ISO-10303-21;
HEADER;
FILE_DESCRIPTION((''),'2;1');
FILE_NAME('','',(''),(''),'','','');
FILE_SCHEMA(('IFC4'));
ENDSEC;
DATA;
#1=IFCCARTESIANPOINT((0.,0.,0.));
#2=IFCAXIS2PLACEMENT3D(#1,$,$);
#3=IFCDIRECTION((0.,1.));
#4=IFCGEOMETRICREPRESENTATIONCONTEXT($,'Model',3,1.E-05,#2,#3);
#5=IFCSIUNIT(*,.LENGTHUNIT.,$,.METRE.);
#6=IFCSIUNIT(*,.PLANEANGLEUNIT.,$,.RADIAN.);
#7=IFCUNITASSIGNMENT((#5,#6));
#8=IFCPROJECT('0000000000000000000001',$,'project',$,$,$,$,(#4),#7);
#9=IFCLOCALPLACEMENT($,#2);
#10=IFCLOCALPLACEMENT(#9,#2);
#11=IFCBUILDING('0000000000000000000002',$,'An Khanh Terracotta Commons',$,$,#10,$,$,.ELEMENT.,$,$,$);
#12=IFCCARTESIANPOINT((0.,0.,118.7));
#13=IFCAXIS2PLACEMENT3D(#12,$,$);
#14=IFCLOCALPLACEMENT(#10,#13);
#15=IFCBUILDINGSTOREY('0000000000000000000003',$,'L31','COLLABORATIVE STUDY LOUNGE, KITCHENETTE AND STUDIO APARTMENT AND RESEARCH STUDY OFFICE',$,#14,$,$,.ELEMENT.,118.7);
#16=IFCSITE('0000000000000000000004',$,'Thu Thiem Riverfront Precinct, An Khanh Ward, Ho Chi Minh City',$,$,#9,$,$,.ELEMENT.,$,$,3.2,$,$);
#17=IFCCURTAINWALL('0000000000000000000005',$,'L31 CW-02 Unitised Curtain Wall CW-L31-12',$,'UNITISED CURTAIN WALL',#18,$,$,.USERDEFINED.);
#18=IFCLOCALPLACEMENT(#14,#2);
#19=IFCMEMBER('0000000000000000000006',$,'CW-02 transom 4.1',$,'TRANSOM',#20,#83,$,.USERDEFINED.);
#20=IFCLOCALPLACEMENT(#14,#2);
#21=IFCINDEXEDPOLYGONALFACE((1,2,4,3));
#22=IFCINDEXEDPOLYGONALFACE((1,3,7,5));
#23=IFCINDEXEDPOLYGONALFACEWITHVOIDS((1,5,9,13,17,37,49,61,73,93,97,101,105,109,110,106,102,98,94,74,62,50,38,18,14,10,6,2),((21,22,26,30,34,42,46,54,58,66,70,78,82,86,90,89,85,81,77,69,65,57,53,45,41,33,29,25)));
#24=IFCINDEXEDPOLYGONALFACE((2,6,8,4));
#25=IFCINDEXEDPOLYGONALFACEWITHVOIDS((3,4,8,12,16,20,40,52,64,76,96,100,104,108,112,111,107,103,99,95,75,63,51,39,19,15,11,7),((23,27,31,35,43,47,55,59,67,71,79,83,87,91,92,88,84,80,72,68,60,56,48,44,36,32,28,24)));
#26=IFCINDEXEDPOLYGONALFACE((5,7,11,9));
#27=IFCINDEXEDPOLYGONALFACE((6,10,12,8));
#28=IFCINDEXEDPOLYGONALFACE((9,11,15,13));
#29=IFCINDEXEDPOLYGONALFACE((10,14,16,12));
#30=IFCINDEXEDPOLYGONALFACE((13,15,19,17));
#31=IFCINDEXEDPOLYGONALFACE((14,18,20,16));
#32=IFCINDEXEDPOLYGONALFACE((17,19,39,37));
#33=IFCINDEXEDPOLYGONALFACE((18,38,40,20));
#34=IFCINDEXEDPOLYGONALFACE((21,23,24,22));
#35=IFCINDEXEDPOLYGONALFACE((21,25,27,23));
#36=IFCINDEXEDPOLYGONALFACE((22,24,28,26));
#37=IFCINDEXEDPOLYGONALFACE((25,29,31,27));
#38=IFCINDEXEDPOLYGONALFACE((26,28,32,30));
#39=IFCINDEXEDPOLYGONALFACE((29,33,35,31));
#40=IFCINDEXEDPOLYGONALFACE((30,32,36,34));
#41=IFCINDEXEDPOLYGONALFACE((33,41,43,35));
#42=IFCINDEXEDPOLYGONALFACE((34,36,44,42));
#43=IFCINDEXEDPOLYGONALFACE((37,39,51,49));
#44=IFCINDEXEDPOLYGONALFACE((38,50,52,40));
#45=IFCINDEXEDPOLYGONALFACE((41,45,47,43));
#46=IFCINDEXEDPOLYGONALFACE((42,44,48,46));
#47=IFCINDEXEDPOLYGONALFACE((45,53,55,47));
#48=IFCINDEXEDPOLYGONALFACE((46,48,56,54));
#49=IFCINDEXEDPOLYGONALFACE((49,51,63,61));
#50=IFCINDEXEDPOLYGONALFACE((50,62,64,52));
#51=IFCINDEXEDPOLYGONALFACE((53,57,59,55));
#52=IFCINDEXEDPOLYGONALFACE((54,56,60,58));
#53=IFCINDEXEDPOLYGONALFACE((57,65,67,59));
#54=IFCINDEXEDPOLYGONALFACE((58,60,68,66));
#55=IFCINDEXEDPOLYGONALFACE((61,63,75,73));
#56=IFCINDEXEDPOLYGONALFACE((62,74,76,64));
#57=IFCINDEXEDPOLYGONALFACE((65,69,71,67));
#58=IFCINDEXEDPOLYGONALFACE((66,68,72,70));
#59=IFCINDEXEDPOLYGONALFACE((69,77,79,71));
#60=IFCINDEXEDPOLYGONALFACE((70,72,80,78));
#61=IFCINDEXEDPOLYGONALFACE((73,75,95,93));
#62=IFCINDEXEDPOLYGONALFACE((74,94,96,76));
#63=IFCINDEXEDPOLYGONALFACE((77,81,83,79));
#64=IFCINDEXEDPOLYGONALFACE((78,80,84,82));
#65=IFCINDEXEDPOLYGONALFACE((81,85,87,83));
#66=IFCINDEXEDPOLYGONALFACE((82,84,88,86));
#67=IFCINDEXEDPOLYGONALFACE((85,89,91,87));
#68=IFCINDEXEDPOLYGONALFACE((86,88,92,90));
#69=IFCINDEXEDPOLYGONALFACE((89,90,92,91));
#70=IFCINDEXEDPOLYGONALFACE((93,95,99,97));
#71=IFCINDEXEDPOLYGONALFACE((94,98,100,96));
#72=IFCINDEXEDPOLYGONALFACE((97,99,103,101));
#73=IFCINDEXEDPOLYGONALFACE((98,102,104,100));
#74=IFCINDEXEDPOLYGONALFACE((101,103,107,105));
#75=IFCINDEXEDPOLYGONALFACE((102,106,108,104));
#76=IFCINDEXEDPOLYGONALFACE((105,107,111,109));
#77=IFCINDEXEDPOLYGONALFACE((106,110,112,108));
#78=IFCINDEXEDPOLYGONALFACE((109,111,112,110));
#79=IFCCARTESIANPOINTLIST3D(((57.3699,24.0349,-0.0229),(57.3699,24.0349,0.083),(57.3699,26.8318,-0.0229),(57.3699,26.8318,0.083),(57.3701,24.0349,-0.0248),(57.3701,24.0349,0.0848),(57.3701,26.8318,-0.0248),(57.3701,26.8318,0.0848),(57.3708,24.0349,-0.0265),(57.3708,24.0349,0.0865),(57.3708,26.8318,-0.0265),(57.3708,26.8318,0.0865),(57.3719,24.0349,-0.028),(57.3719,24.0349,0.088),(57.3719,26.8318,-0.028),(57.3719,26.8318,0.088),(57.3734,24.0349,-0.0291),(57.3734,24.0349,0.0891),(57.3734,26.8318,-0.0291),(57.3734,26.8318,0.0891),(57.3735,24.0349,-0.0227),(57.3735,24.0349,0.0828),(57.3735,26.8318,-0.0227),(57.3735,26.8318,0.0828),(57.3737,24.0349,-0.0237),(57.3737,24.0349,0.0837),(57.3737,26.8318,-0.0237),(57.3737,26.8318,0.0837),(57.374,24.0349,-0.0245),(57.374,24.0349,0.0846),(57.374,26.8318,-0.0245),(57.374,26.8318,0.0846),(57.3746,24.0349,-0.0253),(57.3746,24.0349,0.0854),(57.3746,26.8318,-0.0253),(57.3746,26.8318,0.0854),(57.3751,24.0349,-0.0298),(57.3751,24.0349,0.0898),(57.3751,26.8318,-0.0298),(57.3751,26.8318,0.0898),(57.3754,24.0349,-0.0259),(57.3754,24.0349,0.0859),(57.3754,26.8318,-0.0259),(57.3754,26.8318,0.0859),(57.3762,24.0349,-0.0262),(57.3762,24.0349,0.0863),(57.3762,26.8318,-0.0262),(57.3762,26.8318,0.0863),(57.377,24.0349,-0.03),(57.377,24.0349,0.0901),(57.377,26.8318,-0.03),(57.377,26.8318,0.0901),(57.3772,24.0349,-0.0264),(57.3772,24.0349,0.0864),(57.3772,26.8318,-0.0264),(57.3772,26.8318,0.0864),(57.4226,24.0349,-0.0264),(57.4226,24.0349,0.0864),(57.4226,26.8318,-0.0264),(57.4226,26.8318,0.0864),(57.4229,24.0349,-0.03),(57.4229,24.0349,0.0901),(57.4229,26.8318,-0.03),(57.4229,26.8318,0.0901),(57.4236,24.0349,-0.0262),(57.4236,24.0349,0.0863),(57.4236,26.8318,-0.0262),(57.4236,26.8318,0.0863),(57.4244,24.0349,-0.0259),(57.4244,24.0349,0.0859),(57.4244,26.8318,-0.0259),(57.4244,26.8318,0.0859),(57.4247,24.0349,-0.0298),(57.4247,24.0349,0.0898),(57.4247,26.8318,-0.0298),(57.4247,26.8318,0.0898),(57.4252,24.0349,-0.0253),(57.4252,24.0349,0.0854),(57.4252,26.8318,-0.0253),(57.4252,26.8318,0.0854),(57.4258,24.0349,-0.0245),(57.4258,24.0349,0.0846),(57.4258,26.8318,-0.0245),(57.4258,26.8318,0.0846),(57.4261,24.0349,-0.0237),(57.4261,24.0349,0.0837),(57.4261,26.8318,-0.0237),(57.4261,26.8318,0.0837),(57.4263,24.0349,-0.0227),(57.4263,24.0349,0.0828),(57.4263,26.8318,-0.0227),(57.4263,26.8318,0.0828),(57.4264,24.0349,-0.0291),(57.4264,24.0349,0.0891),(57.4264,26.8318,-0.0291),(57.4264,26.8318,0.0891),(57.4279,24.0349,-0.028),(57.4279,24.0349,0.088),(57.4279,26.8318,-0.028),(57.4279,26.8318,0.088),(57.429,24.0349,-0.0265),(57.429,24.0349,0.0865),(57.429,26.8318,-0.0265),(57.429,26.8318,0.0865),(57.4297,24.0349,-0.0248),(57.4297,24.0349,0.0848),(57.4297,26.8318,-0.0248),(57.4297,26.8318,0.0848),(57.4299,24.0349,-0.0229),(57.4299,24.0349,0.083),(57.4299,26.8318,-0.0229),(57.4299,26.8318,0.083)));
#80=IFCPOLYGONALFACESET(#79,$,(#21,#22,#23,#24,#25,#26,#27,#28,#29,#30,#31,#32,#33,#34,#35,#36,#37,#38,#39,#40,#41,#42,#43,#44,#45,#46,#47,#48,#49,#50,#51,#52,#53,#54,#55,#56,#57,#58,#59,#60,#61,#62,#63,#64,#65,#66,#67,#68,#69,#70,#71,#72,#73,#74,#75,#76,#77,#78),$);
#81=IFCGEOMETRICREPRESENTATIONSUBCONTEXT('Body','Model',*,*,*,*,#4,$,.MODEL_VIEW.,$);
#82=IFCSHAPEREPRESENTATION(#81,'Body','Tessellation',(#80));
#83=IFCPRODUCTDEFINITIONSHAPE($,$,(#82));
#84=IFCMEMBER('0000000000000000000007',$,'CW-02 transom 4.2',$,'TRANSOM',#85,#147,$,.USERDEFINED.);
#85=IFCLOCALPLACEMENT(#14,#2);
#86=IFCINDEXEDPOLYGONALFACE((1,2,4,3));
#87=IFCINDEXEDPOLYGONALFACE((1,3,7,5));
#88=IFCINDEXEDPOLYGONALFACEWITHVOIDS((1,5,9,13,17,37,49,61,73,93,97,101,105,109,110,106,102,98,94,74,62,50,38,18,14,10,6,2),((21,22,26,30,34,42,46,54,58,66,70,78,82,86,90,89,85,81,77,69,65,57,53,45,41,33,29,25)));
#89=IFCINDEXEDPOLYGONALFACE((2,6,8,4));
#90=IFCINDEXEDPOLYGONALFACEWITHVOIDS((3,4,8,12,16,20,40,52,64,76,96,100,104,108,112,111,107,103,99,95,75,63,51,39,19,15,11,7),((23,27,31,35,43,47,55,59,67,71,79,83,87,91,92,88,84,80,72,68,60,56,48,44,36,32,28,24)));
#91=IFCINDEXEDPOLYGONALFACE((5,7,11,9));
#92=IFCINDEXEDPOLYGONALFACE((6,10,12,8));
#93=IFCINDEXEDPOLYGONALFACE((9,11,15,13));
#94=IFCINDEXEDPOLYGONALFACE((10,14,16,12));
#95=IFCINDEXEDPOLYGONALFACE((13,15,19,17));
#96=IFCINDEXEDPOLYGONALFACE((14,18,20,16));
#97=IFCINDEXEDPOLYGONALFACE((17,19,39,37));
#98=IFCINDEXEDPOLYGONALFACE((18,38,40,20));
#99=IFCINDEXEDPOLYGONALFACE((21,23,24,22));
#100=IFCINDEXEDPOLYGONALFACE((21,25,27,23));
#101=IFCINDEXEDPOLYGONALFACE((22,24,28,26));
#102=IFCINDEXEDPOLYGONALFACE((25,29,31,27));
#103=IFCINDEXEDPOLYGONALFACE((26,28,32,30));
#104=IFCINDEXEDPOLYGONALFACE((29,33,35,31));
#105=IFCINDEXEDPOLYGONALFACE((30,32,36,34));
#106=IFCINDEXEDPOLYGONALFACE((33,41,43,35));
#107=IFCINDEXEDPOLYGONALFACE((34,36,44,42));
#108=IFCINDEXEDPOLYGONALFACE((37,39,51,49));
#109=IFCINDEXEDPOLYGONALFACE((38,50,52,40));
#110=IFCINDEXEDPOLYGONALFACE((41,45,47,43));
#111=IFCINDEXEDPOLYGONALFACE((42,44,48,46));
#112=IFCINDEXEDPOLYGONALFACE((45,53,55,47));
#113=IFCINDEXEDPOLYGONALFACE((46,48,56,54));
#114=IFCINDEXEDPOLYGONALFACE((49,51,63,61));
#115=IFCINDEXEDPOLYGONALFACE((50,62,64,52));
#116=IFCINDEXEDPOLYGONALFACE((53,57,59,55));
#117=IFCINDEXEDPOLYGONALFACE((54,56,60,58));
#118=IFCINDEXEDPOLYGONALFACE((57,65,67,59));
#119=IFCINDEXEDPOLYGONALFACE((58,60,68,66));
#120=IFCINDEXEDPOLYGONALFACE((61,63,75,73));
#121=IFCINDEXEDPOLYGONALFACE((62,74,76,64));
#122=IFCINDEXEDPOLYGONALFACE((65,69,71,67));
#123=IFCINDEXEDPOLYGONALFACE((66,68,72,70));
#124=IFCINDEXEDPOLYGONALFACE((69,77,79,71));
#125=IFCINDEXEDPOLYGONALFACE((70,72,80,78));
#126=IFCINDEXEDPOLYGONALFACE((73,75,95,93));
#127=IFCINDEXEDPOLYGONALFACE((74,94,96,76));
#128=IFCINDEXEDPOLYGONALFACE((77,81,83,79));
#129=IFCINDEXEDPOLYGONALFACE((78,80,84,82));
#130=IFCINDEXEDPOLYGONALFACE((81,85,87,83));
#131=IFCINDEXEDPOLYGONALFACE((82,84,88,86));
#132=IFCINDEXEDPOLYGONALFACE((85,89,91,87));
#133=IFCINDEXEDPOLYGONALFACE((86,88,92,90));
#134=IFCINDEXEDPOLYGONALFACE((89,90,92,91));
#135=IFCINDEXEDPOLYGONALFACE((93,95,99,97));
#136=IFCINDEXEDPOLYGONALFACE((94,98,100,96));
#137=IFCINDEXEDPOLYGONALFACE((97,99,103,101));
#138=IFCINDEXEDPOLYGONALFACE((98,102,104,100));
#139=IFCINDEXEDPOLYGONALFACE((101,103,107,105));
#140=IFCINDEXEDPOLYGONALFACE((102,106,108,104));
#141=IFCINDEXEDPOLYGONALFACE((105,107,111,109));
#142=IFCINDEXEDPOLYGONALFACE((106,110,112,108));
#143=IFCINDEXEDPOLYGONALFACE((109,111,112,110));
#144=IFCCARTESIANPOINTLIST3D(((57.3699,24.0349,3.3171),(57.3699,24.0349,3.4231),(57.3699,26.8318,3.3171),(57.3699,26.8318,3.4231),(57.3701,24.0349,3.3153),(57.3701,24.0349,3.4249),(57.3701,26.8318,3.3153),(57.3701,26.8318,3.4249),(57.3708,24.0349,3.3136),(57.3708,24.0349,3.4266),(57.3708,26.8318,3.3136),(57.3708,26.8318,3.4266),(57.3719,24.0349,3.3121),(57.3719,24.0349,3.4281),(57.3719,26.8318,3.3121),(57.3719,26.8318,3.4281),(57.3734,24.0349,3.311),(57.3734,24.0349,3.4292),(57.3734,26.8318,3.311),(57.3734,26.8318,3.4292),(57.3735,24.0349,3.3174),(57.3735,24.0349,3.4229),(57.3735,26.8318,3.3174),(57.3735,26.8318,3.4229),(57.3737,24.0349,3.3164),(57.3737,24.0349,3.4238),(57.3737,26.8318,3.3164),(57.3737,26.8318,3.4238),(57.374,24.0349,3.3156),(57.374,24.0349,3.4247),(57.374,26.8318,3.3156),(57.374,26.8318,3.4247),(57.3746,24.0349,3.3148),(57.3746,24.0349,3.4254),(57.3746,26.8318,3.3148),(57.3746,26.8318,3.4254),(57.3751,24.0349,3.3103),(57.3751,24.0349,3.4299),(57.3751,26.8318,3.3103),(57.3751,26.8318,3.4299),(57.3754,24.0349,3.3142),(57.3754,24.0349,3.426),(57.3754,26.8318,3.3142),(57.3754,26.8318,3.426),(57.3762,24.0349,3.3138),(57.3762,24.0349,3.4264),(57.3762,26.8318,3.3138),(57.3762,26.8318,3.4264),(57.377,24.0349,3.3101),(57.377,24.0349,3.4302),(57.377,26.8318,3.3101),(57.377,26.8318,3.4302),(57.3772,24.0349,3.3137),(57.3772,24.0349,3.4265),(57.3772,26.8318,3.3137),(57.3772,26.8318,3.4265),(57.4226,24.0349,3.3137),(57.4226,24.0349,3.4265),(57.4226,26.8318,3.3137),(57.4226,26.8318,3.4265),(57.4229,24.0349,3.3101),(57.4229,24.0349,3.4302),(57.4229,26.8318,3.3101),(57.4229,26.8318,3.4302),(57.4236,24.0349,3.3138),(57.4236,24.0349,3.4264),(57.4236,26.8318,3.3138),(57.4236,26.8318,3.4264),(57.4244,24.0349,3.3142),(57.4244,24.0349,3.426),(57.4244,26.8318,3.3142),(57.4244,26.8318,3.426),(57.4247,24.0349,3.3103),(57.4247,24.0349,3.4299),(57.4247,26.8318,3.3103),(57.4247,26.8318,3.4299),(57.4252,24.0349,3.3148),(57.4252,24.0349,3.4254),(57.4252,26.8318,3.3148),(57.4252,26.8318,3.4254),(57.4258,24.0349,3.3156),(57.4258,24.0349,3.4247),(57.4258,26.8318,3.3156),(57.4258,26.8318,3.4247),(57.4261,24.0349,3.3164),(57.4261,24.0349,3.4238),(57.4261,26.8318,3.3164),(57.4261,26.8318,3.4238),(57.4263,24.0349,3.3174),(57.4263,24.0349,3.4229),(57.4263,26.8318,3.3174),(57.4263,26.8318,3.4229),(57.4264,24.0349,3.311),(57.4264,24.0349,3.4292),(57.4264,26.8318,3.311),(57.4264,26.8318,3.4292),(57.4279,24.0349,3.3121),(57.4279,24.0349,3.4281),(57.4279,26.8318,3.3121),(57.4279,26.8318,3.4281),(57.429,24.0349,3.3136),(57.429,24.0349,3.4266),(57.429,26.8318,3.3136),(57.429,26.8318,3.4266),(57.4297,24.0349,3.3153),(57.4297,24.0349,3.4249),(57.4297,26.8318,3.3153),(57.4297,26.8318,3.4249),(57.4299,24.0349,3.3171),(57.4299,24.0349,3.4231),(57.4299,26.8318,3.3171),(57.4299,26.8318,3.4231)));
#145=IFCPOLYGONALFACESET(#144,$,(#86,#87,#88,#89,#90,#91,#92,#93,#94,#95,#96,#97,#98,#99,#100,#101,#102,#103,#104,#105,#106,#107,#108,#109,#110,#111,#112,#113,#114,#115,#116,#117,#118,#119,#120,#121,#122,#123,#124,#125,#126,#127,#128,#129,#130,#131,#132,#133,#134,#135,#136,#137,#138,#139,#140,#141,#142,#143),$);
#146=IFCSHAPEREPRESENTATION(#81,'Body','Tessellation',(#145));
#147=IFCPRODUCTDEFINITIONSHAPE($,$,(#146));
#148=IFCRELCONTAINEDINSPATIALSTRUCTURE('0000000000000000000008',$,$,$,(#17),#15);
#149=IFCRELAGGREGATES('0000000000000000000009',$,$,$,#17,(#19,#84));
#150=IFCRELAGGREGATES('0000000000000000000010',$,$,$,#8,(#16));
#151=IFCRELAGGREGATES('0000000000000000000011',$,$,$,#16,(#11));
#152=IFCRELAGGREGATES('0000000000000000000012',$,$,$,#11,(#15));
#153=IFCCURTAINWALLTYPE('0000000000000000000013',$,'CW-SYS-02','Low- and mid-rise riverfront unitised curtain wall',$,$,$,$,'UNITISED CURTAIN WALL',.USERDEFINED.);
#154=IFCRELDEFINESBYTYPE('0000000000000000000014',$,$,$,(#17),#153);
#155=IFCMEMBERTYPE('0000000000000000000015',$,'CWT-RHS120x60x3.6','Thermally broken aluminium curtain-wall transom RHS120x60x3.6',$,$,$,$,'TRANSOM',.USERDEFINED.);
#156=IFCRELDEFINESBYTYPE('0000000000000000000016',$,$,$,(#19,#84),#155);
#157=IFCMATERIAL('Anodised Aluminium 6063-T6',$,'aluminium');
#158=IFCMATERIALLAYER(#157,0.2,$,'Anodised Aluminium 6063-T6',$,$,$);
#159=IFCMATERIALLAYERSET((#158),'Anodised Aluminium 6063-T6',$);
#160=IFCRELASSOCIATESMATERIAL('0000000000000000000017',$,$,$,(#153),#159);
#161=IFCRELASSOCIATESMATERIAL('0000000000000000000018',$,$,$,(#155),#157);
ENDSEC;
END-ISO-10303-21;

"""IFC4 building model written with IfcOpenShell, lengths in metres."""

from ifc_helpers import new_model, si_unit, direction, frame, origin, origin_2d, place, context, subcontext, project, spatial, hollow_rectangle, extrude, material, layer, layer_set, material_profile, profile_set, type_object, element, aggregate, save


model = new_model("IFC4")

# Units and contexts
model_context = context("Model", 3, precision=1e-05, world=origin(), true_north=direction((0.0, 1.0)))
body_context = subcontext(model_context, "Body", "Model", "MODEL_VIEW")
ifc_project = project(units=[si_unit("LENGTHUNIT", "METRE"), si_unit("PLANEANGLEUNIT", "RADIAN")], contexts=[model_context])

# Site, building, storey
site_placement = place(None, origin())
site = spatial("IfcSite", under=ifc_project, at=site_placement, Name="Thu Thiem Riverfront Precinct, An Khanh Ward, Ho Chi Minh City", CompositionType="ELEMENT", RefElevation=3.2)
building_placement = place(site_placement, origin())
building = spatial("IfcBuilding", under=site, at=building_placement, Name="An Khanh Terracotta Commons", CompositionType="ELEMENT")
storey_placement = place(building_placement, frame((0.0, 0.0, 118.7)))
storey = spatial("IfcBuildingStorey", under=building, at=storey_placement, Name="L31", Description="COLLABORATIVE STUDY LOUNGE, KITCHENETTE AND STUDIO APARTMENT AND RESEARCH STUDY OFFICE", CompositionType="ELEMENT", Elevation=118.7)

# Curtain wall
ifc_material_1 = material(Name="Anodised Aluminium 6063-T6", Category="aluminium")
ifc_layer_1 = layer(ifc_material_1, 0.2, Name="Anodised Aluminium 6063-T6")
ifc_layer_set_1 = layer_set([ifc_layer_1], Name="Anodised Aluminium 6063-T6")
curtain_wall_type = type_object("IfcCurtainWallType", Name="CW-SYS-02", Description="Low- and mid-rise riverfront unitised curtain wall", ElementType="UNITISED CURTAIN WALL", PredefinedType="USERDEFINED", material=ifc_layer_set_1)
curtain_wall_1_placement = place(storey_placement, origin())
curtain_wall_1 = element("IfcCurtainWall", 1, at=curtain_wall_1_placement, inside=storey, type_object=curtain_wall_type, Name="L31 CW-02 Unitised Curtain Wall CW-L31-12", ObjectType="UNITISED CURTAIN WALL", PredefinedType="USERDEFINED")

# Members
ifc_material_profile_1 = material_profile(ifc_material_1, hollow_rectangle(XDim=0.0601, YDim=0.1201, WallThickness=0.0037, InnerFilletRadius=0.0037, OuterFilletRadius=0.0071, at=origin_2d()), Name="RHS120x60x3.6")
ifc_profile_set_1 = profile_set([ifc_material_profile_1], Name="Anodised Aluminium 6063-T6")
member_type_1 = type_object("IfcMemberType", Name="CWT-RHS120x60x3.6", Description="Thermally broken aluminium curtain-wall transom RHS120x60x3.6", ElementType="TRANSOM", PredefinedType="USERDEFINED", material=ifc_profile_set_1)
member_1_placement = place(storey_placement, frame((57.3999, 24.0349, 0.03), z_axis=(0.0, 1.0, 0.0), x_axis=(-1.0, 0.0, 0.0)))
member_1 = element("IfcMember", 2, at=member_1_placement, type_object=member_type_1, Name="CW-02 transom 4.1", ObjectType="TRANSOM", PredefinedType="USERDEFINED", context=body_context, shape_type="SweptSolid", body=[
    extrude(hollow_rectangle(XDim=0.0601, YDim=0.1201, WallThickness=0.0037, InnerFilletRadius=0.0037, OuterFilletRadius=0.0071, at=origin_2d()), origin(), (0.0, 0.0, 1.0), 2.7969),
])
member_2_placement = place(storey_placement, frame((57.3999, 24.0349, 3.3701), z_axis=(0.0, 1.0, 0.0), x_axis=(-1.0, 0.0, 0.0)))
member_2 = element("IfcMember", 3, at=member_2_placement, type_object=member_type_1, Name="CW-02 transom 4.2", ObjectType="TRANSOM", PredefinedType="USERDEFINED", context=body_context, shape_type="SweptSolid", body=[
    extrude(hollow_rectangle(XDim=0.0601, YDim=0.1201, WallThickness=0.0037, InnerFilletRadius=0.0037, OuterFilletRadius=0.0071, at=origin_2d()), origin(), (0.0, 0.0, 1.0), 2.7969),
])

aggregate(curtain_wall_1, [member_1, member_2])

save(model, "model.ifc")
